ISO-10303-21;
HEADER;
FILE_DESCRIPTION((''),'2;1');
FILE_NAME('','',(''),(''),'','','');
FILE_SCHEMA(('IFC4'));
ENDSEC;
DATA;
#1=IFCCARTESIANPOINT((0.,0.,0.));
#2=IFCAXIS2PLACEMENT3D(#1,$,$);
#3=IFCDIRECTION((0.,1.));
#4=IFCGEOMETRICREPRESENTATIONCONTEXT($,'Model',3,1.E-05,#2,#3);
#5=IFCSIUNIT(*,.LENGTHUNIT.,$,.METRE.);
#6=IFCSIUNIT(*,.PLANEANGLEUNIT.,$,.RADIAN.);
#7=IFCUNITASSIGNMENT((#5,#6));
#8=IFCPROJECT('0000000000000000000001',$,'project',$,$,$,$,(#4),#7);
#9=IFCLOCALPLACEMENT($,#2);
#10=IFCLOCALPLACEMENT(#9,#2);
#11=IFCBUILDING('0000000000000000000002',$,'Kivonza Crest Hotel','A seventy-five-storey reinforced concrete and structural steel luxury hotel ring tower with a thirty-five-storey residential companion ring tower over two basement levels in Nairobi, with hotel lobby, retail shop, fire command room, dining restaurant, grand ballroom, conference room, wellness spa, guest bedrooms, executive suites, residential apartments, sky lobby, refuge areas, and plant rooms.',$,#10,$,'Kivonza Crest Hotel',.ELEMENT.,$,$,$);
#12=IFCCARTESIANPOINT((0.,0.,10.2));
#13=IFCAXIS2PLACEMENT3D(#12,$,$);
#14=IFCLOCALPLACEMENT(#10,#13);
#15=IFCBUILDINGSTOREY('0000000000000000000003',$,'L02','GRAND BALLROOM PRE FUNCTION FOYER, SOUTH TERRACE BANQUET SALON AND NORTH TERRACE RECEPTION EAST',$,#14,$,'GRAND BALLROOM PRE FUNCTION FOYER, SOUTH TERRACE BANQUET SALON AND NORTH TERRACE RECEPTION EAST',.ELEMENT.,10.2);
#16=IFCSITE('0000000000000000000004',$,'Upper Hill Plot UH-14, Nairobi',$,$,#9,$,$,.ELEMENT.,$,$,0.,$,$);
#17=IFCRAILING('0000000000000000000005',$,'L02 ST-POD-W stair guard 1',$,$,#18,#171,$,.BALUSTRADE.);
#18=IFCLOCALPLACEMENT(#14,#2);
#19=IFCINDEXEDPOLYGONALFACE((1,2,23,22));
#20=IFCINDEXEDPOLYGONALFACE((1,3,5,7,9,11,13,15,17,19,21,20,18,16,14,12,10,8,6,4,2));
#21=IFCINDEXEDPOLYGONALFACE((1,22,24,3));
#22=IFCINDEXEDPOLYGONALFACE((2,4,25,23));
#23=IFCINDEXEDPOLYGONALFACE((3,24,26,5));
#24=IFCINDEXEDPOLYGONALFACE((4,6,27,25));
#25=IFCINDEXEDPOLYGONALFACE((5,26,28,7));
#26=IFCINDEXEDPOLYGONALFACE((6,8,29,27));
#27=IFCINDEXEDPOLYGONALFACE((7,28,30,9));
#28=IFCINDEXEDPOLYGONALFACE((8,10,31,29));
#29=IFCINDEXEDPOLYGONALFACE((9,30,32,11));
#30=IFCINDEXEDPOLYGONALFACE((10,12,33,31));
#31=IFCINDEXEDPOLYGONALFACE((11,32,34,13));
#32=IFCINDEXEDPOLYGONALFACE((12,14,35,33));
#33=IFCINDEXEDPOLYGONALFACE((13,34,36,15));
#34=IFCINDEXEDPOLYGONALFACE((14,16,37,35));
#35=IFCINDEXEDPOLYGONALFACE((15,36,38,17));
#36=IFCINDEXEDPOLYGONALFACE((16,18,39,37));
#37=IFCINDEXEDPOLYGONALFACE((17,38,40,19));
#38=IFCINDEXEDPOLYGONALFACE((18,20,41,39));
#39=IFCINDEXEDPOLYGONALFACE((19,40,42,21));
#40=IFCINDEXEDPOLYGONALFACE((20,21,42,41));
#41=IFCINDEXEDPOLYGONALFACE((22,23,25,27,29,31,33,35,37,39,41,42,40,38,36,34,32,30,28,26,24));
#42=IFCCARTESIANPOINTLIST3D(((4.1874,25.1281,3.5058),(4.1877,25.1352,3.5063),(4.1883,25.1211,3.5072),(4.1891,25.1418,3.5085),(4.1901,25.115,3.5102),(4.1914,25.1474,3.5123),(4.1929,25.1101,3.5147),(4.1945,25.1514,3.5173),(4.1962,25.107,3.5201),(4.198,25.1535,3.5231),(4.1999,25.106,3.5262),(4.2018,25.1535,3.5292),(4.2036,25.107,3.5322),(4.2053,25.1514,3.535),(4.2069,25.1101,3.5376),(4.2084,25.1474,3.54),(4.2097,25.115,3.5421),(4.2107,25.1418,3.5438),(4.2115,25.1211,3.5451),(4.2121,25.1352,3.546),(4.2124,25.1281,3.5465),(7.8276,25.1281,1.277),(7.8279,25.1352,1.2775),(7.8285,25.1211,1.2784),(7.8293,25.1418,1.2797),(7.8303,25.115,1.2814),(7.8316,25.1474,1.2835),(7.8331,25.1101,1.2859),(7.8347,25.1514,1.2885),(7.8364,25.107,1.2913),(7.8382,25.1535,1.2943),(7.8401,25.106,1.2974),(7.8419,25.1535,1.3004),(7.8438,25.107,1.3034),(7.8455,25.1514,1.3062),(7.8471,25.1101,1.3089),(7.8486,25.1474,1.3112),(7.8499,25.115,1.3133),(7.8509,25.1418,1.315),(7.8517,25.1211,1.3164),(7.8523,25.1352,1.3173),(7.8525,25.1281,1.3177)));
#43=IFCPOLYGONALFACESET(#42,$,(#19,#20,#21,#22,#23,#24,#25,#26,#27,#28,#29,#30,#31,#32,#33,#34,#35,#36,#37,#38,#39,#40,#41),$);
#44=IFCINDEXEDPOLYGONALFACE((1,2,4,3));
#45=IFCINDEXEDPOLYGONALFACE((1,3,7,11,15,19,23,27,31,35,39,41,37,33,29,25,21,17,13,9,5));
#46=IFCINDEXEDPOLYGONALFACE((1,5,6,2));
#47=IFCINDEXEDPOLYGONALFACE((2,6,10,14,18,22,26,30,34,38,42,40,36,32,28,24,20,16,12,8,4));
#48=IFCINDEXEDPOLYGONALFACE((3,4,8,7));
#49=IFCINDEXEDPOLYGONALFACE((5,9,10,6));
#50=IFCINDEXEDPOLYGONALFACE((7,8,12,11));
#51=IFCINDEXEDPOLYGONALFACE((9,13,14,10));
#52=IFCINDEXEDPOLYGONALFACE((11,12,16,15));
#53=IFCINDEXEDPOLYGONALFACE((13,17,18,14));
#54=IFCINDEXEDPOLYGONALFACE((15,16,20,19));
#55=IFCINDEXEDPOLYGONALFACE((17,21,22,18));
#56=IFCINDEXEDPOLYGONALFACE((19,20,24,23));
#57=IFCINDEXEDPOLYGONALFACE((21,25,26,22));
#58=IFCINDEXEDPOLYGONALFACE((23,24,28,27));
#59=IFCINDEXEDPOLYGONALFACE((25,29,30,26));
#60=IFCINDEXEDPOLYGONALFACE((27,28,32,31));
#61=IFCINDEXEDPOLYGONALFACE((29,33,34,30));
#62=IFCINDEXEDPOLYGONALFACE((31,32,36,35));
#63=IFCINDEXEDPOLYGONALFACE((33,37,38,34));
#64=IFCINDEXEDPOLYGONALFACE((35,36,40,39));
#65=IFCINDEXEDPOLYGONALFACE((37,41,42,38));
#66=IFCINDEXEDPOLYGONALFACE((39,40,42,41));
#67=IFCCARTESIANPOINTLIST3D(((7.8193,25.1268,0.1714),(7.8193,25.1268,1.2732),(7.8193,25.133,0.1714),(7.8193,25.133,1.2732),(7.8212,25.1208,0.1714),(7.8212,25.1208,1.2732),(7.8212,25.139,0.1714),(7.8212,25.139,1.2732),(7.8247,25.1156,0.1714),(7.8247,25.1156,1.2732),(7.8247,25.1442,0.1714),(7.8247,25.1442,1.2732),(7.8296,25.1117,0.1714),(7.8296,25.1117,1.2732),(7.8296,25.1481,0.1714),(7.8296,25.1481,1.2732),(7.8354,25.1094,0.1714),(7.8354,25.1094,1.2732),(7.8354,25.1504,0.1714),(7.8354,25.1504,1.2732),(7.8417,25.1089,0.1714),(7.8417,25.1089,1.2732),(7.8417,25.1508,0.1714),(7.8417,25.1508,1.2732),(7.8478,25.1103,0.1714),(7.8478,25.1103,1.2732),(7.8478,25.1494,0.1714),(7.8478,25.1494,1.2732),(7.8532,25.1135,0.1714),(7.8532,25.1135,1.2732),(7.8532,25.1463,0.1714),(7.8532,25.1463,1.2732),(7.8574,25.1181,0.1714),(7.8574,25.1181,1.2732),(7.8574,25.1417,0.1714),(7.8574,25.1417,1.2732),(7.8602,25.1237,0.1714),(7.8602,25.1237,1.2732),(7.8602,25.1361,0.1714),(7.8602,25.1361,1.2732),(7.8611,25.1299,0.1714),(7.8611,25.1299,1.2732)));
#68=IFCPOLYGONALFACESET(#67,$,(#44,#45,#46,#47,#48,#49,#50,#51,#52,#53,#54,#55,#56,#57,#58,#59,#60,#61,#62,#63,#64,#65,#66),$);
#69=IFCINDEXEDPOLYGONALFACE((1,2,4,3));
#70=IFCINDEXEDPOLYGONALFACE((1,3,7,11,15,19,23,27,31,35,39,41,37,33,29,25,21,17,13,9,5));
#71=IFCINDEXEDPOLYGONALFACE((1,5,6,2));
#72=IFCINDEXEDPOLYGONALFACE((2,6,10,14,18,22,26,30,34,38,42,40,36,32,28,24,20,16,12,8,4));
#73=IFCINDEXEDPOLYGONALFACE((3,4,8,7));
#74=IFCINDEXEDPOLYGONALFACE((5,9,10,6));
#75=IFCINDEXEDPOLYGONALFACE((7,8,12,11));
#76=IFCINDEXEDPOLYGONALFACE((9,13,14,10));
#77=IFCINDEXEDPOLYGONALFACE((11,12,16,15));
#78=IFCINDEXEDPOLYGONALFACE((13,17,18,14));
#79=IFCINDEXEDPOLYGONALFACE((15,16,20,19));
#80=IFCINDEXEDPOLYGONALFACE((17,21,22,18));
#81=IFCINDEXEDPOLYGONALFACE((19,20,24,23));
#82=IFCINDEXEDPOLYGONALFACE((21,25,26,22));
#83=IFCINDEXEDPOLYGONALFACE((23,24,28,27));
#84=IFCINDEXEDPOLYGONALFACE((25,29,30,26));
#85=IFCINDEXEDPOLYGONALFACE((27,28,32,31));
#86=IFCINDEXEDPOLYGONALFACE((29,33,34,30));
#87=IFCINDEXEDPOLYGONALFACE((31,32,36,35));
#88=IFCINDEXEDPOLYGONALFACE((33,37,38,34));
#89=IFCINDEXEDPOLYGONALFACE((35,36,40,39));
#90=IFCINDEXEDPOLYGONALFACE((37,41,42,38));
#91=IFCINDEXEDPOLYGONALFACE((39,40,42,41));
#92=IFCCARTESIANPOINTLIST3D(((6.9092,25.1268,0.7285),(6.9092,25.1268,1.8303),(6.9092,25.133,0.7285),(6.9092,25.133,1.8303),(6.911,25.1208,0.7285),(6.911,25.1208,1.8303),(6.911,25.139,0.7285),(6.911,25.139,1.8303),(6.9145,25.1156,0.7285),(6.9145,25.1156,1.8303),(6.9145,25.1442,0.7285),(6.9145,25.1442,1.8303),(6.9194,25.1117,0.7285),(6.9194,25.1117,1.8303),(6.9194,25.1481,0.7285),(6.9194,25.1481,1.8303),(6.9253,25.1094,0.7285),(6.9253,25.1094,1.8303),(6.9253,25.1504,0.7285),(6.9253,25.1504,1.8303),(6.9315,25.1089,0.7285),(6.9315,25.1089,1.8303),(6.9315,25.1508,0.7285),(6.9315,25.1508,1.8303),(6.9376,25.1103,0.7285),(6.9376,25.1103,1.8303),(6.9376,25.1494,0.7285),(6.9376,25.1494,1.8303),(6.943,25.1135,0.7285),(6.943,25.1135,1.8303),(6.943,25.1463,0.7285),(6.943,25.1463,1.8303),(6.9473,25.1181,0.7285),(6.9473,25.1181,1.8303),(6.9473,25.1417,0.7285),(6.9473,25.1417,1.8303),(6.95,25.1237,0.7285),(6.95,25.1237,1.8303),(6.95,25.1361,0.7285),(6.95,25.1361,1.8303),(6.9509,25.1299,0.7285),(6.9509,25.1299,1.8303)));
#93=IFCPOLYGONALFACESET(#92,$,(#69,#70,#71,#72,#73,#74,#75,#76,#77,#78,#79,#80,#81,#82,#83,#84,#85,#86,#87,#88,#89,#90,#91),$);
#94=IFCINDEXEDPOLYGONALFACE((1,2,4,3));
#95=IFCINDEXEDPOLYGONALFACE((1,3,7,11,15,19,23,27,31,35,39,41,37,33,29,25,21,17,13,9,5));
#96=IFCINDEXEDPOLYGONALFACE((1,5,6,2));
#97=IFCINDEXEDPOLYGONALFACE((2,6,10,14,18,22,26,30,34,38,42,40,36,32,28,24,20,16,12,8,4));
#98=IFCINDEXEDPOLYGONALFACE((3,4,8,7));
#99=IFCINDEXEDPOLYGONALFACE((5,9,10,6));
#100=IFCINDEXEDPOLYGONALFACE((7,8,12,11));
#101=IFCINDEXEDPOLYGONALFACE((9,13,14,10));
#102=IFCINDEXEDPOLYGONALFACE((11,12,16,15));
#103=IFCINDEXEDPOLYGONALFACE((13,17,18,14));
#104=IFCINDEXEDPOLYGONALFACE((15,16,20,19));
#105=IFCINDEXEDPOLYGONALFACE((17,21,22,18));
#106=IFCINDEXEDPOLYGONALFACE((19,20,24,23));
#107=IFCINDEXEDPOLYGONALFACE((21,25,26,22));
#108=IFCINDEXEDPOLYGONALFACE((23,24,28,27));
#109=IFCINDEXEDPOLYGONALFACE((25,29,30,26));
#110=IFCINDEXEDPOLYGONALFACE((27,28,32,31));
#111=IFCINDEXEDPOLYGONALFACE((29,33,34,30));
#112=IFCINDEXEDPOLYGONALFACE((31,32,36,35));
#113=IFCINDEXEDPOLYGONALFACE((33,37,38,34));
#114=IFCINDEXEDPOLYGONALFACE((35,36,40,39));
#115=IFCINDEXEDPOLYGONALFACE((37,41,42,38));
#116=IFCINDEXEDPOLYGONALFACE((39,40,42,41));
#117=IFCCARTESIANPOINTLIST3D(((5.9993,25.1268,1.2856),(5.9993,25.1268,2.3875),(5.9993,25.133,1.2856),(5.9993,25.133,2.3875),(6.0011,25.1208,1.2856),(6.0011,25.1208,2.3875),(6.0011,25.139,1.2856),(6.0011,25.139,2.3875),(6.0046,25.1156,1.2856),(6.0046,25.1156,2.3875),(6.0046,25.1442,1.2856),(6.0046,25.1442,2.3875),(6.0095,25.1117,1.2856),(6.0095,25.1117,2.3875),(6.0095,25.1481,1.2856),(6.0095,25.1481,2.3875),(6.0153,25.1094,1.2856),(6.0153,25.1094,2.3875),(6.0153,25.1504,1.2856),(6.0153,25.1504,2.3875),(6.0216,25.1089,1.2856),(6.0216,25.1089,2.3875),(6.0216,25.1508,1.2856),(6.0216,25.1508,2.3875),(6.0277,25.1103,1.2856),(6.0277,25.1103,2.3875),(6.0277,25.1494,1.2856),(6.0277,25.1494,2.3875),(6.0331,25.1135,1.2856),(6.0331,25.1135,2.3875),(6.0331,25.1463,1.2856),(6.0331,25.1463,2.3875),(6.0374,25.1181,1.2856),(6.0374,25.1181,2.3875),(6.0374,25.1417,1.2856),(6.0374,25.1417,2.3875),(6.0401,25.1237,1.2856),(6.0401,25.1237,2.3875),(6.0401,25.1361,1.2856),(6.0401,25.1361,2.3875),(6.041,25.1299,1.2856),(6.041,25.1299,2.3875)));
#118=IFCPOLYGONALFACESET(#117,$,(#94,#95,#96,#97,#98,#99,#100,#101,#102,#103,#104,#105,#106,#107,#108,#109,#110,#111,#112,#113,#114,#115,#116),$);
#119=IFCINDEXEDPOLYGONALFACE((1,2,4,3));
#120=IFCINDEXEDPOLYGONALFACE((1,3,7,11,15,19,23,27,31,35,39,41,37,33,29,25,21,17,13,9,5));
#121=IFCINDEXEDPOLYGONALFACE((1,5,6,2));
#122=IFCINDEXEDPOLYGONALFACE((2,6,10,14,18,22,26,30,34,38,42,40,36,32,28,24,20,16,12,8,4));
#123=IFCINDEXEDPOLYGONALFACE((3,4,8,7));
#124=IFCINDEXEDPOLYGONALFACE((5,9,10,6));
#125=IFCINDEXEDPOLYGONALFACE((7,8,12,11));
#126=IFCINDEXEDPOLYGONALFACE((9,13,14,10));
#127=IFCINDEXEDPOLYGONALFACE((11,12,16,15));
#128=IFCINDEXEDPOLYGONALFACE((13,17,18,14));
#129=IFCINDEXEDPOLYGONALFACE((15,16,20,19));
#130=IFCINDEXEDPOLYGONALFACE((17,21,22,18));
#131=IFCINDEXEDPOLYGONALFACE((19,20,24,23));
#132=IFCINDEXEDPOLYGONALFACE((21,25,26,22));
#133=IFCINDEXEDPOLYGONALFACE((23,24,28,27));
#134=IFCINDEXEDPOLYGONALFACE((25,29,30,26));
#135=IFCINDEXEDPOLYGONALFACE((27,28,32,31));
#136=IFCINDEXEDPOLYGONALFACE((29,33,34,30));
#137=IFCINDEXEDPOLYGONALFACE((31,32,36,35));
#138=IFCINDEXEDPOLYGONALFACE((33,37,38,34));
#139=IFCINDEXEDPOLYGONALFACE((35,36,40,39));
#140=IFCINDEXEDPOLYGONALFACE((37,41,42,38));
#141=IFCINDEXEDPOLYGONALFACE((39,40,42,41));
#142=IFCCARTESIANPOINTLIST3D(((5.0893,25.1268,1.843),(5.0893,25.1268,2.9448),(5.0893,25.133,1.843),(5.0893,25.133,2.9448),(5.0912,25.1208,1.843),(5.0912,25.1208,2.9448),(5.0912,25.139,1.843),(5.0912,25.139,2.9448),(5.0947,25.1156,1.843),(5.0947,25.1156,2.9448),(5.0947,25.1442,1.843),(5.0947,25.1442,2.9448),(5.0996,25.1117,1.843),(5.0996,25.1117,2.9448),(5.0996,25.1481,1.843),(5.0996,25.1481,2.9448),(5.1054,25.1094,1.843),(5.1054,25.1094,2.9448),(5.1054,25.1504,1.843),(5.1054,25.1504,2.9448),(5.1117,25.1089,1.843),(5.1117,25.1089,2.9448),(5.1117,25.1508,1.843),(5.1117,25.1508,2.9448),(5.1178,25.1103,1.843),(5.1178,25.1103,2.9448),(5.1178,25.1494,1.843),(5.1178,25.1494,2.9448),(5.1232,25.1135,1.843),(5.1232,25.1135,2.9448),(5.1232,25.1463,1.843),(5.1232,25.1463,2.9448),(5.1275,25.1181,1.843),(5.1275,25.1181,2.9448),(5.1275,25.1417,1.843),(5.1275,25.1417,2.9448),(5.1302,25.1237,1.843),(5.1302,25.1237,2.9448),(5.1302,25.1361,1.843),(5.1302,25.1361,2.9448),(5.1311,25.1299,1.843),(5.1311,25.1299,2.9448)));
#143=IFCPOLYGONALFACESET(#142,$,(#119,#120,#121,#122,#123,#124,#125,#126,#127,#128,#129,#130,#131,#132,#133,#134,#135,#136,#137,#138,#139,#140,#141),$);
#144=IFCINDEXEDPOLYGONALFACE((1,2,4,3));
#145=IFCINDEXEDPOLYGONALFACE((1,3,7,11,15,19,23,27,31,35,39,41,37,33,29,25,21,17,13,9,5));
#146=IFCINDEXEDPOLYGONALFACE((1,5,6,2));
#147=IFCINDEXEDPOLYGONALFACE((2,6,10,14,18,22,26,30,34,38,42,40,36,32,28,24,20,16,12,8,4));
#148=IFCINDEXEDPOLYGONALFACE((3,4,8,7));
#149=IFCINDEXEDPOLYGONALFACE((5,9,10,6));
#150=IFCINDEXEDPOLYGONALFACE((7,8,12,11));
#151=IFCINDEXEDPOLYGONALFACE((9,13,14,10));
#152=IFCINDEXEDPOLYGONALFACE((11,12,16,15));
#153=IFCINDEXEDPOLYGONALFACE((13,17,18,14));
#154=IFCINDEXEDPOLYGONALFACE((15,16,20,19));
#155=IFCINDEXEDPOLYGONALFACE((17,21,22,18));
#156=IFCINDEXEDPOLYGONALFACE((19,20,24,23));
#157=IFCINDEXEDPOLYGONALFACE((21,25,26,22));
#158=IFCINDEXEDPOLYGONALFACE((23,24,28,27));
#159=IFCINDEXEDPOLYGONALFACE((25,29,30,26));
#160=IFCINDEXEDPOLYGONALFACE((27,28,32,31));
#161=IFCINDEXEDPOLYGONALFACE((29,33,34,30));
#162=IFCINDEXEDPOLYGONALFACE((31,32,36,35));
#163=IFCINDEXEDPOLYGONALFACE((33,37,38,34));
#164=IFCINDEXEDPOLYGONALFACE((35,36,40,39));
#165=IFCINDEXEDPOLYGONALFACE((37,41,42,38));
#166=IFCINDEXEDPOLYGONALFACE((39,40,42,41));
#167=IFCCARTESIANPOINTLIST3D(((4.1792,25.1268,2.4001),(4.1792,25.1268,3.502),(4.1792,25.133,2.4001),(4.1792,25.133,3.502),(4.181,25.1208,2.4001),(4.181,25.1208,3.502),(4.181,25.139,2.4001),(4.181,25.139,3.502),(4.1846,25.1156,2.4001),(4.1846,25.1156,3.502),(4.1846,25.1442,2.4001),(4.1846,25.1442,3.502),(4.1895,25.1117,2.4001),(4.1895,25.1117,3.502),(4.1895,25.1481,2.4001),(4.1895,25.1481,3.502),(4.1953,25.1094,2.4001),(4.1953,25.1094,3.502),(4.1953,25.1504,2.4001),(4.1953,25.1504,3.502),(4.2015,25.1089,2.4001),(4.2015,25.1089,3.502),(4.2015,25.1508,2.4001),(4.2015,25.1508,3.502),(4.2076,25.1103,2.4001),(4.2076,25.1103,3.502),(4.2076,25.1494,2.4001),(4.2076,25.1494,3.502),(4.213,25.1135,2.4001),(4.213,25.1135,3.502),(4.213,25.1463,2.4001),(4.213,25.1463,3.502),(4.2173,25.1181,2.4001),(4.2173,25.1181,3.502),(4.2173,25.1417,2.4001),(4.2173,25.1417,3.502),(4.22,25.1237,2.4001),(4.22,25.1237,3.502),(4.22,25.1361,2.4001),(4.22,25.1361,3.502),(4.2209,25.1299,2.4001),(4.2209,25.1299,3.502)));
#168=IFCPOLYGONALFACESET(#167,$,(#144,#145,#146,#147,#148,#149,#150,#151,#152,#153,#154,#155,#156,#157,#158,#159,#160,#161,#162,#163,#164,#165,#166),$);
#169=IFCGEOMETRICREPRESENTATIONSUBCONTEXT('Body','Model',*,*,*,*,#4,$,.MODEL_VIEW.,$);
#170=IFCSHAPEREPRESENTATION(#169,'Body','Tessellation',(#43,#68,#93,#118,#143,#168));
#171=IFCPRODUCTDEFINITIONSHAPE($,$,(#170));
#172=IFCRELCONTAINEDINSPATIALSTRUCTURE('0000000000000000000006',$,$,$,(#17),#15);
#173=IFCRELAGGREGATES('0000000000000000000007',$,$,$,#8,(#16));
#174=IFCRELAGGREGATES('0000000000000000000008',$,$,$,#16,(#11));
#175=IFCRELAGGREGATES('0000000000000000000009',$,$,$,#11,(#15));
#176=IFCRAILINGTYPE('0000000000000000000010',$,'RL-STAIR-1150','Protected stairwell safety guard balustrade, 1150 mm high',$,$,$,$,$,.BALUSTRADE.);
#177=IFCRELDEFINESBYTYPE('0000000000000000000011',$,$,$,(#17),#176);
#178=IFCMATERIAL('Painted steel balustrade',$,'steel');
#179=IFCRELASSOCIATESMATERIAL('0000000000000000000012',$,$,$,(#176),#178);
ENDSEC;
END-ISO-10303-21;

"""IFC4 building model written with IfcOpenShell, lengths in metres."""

from ifc_helpers import new_model, si_unit, direction, frame, origin, origin_2d, place, context, subcontext, project, spatial, circle, extrude, material, type_object, element, save


model = new_model("IFC4")

# Units and contexts
model_context = context("Model", 3, precision=1e-05, world=origin(), true_north=direction((0.0, 1.0)))
body_context = subcontext(model_context, "Body", "Model", "MODEL_VIEW")
ifc_project = project(units=[si_unit("LENGTHUNIT", "METRE"), si_unit("PLANEANGLEUNIT", "RADIAN")], contexts=[model_context])

# Site, building, storey
site_placement = place(None, origin())
site = spatial("IfcSite", under=ifc_project, at=site_placement, Name="Upper Hill Plot UH-14, Nairobi", CompositionType="ELEMENT", RefElevation=0.0)
building_placement = place(site_placement, origin())
building = spatial("IfcBuilding", under=site, at=building_placement, Name="Kivonza Crest Hotel", Description="A seventy-five-storey reinforced concrete and structural steel luxury hotel ring tower with a thirty-five-storey residential companion ring tower over two basement levels in Nairobi, with hotel lobby, retail shop, fire command room, dining restaurant, grand ballroom, conference room, wellness spa, guest bedrooms, executive suites, residential apartments, sky lobby, refuge areas, and plant rooms.", LongName="Kivonza Crest Hotel", CompositionType="ELEMENT")
storey_placement = place(building_placement, frame((0.0, 0.0, 10.2)))
storey = spatial("IfcBuildingStorey", under=building, at=storey_placement, Name="L02", Description="GRAND BALLROOM PRE FUNCTION FOYER, SOUTH TERRACE BANQUET SALON AND NORTH TERRACE RECEPTION EAST", LongName="GRAND BALLROOM PRE FUNCTION FOYER, SOUTH TERRACE BANQUET SALON AND NORTH TERRACE RECEPTION EAST", CompositionType="ELEMENT", Elevation=10.2)

# Railing
ifc_material_1 = material(Name="Painted steel balustrade", Category="steel")
railing_type_1 = type_object("IfcRailingType", Name="RL-STAIR-1150", Description="Protected stairwell safety guard balustrade, 1150 mm high", PredefinedType="BALUSTRADE", material=ifc_material_1)
railing_1_placement = place(storey_placement, frame((7.8401, 25.1299, 0.1714)))
element("IfcRailing", 1, at=railing_1_placement, inside=storey, type_object=railing_type_1, Name="L02 ST-POD-W stair guard 1", PredefinedType="BALUSTRADE", context=body_context, shape_type="SweptSolid", body=[
    extrude(circle(Radius=0.0239, at=origin_2d()), frame((0.0, 0.0, 1.126), z_axis=(-0.85284, 0.0, 0.522172), x_axis=(0.0, -1.0, 0.0)), (0.0, 0.0, 1.0), 4.2683),
    extrude(circle(Radius=0.021, at=origin_2d()), origin(), (0.0, 0.0, 1.0), 1.1018),
    extrude(circle(Radius=0.021, at=origin_2d()), frame((-0.9102, 0.0, 0.5571)), (0.0, 0.0, 1.0), 1.1018),
    extrude(circle(Radius=0.021, at=origin_2d()), frame((-1.8201, 0.0, 1.1143)), (0.0, 0.0, 1.0), 1.1018),
    extrude(circle(Radius=0.021, at=origin_2d()), frame((-2.73, 0.0, 1.6716)), (0.0, 0.0, 1.0), 1.1018),
    extrude(circle(Radius=0.021, at=origin_2d()), frame((-3.6401, 0.0, 2.2288)), (0.0, 0.0, 1.0), 1.1018),
])

save(model, "model.ifc")
